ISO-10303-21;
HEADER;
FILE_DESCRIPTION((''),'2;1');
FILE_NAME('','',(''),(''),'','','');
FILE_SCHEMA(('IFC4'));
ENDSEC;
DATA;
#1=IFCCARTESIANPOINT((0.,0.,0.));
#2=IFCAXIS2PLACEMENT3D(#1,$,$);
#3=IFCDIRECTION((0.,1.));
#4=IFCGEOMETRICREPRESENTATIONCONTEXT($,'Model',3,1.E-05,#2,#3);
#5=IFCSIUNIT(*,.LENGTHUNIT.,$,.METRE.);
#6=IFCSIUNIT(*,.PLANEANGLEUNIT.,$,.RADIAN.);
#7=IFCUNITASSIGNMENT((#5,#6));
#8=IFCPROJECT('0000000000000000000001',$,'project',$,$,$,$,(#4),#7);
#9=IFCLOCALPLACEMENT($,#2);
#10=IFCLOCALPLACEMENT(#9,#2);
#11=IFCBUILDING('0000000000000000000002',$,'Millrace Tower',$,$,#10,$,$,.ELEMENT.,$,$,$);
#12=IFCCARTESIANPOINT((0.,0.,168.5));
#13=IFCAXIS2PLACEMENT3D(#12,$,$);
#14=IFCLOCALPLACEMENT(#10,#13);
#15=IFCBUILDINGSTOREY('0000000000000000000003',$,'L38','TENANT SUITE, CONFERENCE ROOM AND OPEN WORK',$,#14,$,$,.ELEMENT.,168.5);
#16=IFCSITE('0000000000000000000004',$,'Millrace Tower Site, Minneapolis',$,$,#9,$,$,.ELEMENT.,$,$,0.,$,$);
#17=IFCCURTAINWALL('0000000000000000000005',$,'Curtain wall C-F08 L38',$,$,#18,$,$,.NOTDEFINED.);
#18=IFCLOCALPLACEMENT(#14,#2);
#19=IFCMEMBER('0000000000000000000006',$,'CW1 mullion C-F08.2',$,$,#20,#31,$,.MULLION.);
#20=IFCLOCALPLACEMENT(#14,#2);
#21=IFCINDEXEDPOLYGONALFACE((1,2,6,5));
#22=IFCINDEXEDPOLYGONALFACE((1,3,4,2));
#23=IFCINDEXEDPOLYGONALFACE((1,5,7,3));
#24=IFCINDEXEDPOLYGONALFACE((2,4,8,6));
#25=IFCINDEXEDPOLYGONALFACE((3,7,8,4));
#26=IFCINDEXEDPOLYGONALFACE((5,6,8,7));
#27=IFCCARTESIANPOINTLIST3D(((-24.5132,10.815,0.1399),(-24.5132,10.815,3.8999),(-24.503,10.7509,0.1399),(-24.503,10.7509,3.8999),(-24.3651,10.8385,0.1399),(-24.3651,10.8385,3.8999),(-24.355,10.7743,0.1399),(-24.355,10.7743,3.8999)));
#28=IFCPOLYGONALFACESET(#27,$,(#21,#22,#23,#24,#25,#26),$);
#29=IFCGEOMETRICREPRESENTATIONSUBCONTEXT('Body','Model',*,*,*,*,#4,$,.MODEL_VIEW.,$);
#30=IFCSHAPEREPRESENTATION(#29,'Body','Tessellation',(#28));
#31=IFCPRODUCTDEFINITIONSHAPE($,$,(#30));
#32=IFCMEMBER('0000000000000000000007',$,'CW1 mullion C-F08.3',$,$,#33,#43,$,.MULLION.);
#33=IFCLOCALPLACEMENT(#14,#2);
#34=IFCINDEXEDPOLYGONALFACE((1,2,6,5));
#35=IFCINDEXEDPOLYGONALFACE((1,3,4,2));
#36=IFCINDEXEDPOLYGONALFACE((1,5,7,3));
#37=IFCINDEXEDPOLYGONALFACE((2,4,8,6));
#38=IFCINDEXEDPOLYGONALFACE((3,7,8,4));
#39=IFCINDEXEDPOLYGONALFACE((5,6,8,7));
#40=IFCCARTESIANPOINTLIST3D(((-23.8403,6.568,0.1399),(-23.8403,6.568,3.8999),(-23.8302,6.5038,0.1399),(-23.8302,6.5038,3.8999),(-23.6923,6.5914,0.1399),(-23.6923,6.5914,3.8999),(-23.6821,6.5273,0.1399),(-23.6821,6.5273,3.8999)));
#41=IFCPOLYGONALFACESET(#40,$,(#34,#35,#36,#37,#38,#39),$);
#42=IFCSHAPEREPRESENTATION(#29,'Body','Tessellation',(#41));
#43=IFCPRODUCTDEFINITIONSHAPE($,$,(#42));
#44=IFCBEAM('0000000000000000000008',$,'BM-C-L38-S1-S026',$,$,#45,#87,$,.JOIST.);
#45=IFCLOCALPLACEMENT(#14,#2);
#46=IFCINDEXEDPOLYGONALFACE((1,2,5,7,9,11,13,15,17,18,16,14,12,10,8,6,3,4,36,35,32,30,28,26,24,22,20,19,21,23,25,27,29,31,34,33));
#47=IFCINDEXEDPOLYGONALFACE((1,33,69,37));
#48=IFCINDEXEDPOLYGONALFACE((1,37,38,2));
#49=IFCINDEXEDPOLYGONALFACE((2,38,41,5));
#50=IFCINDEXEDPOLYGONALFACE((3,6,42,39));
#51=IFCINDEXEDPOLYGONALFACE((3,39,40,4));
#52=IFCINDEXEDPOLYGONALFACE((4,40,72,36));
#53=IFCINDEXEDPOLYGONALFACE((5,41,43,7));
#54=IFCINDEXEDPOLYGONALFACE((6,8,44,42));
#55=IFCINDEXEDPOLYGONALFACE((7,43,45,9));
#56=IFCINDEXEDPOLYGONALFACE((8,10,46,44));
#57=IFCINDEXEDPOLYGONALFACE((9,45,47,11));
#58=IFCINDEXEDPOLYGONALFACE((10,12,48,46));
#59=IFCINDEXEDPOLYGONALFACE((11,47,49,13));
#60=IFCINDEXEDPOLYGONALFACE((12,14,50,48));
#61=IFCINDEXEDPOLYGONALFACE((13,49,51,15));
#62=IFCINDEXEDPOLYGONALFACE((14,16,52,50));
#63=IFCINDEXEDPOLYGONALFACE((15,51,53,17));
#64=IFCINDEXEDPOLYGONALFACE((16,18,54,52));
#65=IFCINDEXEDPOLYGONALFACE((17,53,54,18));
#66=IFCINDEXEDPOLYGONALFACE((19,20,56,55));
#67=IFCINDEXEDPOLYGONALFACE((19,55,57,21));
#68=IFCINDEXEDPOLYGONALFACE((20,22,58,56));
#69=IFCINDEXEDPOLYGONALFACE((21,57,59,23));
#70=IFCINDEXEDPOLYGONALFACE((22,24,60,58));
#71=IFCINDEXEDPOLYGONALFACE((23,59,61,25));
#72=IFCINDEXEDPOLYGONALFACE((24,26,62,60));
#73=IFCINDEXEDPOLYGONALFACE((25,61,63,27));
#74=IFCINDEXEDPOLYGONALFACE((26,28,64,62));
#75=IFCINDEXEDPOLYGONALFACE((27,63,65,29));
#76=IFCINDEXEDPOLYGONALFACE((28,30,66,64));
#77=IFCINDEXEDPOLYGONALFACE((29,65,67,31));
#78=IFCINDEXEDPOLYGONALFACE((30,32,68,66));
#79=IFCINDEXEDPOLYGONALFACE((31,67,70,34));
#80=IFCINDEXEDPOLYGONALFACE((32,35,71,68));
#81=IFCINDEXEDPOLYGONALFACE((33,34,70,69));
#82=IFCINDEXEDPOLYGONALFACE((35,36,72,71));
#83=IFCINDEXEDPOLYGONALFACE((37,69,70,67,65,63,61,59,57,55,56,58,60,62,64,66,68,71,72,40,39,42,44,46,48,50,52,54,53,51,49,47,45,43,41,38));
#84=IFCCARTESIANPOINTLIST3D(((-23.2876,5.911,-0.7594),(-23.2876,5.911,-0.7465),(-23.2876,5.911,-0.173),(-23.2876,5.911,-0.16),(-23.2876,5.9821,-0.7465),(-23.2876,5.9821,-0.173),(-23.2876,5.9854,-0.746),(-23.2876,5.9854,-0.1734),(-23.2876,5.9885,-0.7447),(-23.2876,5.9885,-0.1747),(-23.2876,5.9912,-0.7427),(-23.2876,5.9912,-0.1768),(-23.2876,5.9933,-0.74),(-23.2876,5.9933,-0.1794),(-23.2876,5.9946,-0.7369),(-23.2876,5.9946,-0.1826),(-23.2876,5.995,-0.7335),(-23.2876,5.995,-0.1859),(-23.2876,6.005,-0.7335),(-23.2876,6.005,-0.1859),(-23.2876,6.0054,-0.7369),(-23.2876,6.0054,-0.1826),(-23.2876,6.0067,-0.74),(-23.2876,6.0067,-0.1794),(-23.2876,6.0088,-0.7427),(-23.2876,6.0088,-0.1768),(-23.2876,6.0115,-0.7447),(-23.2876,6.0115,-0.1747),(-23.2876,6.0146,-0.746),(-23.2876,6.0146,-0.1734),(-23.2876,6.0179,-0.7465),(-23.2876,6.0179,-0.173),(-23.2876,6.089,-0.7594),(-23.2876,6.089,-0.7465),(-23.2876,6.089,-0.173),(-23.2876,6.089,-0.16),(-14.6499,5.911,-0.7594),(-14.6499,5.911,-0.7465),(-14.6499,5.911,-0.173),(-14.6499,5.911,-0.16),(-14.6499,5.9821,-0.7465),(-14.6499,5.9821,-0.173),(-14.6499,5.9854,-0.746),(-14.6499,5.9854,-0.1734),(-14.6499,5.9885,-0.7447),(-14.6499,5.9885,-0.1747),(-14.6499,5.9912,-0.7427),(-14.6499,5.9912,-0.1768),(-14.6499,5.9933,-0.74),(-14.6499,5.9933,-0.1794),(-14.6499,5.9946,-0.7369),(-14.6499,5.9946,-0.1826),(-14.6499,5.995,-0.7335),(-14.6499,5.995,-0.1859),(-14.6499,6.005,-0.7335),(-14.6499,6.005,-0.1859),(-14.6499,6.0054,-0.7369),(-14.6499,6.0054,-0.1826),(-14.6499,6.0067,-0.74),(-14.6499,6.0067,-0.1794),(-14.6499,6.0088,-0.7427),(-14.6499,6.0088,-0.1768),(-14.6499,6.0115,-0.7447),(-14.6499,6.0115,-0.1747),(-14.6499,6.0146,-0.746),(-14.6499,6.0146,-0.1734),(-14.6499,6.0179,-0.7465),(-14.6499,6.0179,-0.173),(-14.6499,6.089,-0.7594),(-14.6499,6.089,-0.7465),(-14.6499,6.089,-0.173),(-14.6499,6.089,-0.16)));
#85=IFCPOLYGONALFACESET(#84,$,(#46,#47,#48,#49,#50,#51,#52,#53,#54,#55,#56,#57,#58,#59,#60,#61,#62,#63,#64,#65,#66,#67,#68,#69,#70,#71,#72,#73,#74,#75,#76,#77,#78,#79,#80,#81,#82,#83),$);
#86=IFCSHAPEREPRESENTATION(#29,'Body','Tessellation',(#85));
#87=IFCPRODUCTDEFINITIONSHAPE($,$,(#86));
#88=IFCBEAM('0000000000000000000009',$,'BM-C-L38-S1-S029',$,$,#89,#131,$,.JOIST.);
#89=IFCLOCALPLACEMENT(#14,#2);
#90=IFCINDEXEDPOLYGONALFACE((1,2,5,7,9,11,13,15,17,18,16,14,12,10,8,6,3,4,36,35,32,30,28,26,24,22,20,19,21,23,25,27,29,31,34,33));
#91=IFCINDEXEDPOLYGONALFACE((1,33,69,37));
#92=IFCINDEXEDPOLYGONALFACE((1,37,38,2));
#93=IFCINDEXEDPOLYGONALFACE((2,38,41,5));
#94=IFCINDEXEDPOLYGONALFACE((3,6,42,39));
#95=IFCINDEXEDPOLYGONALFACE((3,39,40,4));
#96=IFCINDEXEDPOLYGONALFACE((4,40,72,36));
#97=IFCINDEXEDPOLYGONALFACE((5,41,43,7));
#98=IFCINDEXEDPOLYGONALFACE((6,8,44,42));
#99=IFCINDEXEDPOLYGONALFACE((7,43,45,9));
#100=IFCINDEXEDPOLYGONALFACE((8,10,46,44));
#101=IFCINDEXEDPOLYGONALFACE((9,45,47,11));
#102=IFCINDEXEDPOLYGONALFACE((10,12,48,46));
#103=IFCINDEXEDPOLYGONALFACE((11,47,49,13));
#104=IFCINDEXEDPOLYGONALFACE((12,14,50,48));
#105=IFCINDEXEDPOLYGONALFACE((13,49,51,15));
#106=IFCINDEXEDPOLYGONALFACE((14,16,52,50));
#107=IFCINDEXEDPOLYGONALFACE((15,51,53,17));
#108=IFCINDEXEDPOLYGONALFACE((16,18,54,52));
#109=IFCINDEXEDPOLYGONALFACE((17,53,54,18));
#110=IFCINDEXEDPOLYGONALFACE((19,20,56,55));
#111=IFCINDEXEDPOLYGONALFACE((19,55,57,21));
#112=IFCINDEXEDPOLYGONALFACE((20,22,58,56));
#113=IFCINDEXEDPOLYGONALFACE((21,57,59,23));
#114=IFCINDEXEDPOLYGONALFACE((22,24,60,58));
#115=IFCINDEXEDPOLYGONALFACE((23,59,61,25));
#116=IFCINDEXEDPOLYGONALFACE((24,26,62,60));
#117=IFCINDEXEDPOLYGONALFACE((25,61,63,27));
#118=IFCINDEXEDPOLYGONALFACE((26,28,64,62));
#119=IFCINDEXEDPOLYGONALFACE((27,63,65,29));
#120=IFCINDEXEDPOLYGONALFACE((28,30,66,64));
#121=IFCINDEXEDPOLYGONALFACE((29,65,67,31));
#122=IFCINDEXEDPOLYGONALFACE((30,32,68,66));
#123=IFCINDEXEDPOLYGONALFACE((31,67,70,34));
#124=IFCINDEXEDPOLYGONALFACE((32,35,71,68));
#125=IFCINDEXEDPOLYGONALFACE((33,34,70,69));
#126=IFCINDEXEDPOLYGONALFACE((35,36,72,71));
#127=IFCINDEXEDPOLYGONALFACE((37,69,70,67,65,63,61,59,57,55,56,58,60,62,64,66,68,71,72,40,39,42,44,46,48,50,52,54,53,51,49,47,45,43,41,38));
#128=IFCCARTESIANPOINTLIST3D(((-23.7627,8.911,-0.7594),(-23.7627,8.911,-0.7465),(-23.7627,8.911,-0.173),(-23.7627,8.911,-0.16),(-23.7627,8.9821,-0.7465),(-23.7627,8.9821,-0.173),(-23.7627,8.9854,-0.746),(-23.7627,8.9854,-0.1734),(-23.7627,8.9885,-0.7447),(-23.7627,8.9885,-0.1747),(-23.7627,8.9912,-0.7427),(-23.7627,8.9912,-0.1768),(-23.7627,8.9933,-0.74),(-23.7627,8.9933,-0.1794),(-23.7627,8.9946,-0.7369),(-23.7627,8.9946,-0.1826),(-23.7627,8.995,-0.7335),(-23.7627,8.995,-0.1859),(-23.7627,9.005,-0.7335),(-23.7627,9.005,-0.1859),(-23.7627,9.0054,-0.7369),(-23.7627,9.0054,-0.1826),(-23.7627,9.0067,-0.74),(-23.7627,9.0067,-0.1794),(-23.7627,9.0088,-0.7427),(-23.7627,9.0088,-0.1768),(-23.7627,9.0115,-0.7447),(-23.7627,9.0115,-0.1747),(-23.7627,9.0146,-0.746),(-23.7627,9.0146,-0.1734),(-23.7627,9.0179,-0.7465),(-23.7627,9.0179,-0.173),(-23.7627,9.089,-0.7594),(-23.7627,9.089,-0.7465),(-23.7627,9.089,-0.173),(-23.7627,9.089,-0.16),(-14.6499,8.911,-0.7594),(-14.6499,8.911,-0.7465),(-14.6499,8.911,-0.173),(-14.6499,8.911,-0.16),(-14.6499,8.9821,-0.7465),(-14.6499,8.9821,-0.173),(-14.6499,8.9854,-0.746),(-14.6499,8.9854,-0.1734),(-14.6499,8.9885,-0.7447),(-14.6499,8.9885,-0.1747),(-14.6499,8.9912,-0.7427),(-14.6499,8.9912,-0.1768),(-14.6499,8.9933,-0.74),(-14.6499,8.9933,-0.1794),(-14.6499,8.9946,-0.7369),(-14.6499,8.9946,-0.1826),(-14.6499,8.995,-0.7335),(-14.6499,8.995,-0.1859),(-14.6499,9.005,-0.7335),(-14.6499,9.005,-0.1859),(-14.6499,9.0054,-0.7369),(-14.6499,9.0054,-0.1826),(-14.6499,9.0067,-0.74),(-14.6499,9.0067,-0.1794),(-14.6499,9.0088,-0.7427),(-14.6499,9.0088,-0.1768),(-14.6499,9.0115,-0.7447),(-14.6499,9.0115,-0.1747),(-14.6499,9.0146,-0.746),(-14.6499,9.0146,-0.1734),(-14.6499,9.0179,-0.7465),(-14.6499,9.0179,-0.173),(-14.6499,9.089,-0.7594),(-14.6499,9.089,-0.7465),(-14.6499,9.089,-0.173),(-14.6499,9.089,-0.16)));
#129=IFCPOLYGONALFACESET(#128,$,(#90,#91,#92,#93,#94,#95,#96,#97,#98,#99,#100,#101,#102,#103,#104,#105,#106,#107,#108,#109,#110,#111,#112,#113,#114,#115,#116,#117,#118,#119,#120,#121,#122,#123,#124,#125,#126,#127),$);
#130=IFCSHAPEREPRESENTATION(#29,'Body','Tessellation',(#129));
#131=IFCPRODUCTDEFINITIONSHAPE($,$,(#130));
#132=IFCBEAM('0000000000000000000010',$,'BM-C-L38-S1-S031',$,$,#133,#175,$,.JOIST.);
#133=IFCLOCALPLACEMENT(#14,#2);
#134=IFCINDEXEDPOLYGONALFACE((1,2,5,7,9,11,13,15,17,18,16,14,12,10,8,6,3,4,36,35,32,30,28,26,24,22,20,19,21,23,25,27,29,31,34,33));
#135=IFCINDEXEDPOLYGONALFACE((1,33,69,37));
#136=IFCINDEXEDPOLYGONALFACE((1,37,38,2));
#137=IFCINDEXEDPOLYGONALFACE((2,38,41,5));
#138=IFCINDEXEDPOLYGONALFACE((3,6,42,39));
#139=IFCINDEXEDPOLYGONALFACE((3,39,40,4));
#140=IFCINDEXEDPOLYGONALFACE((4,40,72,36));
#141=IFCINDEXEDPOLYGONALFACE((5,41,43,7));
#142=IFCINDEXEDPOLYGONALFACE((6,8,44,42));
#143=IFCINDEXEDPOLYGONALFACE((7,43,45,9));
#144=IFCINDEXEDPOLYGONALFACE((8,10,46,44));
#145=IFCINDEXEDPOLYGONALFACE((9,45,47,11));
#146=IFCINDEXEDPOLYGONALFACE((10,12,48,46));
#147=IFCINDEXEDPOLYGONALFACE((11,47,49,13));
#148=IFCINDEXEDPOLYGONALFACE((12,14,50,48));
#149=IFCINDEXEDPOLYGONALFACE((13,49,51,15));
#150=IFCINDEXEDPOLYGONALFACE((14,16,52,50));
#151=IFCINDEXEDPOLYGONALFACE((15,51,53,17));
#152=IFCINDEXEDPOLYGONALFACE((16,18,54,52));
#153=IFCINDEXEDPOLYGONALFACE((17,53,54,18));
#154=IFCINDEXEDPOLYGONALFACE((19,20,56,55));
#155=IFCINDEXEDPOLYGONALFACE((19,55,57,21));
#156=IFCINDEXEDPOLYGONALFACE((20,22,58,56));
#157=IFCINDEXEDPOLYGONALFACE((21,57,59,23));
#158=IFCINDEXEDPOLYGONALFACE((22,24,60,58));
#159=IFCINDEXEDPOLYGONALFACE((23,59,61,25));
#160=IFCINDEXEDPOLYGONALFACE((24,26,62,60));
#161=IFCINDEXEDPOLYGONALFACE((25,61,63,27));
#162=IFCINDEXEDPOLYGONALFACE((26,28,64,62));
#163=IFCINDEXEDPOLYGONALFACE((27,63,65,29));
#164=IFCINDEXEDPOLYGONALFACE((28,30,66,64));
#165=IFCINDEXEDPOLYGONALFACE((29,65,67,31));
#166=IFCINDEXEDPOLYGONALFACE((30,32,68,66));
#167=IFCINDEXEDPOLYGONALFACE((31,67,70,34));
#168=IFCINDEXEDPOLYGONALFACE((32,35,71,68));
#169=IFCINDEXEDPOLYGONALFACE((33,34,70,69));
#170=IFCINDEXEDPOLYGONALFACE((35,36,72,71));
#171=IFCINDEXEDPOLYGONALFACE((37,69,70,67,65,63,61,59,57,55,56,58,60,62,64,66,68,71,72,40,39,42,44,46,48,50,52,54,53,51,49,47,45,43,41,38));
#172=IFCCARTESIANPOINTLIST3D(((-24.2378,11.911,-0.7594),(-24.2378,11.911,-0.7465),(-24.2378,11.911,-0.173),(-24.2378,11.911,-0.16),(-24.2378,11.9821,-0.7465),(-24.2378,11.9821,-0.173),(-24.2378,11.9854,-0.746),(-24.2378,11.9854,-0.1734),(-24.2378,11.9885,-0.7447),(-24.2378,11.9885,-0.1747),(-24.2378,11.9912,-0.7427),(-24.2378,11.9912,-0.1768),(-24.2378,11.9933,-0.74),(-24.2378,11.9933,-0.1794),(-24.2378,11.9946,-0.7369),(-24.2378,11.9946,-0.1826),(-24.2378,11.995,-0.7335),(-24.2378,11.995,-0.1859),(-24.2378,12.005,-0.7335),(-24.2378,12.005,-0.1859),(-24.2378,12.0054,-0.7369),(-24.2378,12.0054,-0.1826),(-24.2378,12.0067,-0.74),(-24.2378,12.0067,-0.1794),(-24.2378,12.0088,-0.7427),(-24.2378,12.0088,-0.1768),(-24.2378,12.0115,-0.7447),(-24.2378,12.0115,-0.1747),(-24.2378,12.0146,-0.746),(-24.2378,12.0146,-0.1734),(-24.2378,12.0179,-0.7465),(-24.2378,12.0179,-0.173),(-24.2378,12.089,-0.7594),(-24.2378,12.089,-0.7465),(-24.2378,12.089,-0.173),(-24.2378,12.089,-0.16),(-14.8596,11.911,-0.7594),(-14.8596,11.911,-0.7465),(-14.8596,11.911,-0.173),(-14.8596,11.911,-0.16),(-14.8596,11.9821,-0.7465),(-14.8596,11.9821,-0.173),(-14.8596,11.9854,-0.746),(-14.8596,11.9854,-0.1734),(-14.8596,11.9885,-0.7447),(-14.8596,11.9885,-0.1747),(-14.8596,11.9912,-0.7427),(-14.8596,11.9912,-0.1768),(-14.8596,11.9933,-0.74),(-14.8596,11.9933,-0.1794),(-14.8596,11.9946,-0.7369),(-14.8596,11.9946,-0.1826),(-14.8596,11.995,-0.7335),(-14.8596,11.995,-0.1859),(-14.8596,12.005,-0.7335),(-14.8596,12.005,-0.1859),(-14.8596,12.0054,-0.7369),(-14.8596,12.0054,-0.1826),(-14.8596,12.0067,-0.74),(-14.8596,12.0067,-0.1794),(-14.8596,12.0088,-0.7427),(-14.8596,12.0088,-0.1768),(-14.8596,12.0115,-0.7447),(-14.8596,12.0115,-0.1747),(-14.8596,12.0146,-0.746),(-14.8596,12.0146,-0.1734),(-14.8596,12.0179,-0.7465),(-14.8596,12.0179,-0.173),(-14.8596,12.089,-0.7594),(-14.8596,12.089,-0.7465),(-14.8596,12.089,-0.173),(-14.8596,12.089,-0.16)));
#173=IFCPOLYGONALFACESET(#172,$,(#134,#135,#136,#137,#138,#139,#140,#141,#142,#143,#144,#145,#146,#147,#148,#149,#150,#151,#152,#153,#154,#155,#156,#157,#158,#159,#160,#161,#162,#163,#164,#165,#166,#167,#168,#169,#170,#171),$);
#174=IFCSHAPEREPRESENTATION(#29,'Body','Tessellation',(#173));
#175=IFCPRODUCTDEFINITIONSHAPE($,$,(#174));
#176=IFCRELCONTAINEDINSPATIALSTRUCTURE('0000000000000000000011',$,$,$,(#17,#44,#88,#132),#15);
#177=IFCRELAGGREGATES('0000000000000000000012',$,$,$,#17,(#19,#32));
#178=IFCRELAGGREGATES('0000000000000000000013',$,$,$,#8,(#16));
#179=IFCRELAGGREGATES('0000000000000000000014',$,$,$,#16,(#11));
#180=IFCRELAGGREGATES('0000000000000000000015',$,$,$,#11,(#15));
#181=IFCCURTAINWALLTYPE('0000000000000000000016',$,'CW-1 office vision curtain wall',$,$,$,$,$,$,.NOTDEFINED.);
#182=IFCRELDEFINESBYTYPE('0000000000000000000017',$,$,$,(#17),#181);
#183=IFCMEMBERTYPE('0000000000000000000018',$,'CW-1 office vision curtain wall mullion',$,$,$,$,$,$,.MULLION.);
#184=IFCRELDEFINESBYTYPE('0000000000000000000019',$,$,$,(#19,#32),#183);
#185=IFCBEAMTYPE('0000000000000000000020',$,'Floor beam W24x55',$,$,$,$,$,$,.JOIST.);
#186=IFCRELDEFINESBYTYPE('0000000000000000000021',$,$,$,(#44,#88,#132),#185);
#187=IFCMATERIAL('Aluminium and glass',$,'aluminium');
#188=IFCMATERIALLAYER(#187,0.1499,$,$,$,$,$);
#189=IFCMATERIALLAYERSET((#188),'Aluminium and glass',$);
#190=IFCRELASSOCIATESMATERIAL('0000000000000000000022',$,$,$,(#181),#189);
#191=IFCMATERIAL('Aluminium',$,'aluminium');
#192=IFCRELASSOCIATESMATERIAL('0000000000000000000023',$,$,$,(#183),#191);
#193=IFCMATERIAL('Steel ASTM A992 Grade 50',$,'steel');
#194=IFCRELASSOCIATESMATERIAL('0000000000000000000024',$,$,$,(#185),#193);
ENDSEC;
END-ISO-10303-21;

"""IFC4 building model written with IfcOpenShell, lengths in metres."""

from ifc_helpers import new_model, si_unit, direction, frame, origin, origin_2d, place, context, subcontext, project, spatial, rectangle, i_section, extrude, material, layer, layer_set, material_profile, profile_set, type_object, element, aggregate, save


model = new_model("IFC4")

# Units and contexts
model_context = context("Model", 3, precision=1e-05, world=origin(), true_north=direction((0.0, 1.0)))
body_context = subcontext(model_context, "Body", "Model", "MODEL_VIEW")
ifc_project = project(units=[si_unit("LENGTHUNIT", "METRE"), si_unit("PLANEANGLEUNIT", "RADIAN")], contexts=[model_context])

# Site, building, storey
site_placement = place(None, origin())
site = spatial("IfcSite", under=ifc_project, at=site_placement, Name="Millrace Tower Site, Minneapolis", CompositionType="ELEMENT", RefElevation=0.0)
building_placement = place(site_placement, origin())
building = spatial("IfcBuilding", under=site, at=building_placement, Name="Millrace Tower", CompositionType="ELEMENT")
storey_placement = place(building_placement, frame((0.0, 0.0, 168.5)))
storey = spatial("IfcBuildingStorey", under=building, at=storey_placement, Name="L38", Description="TENANT SUITE, CONFERENCE ROOM AND OPEN WORK", CompositionType="ELEMENT", Elevation=168.5)

# Curtain wall, members
ifc_material_1 = material(Name="Aluminium and glass", Category="aluminium")
ifc_layer_1 = layer(ifc_material_1, 0.1499)
ifc_layer_set_1 = layer_set([ifc_layer_1], Name="Aluminium and glass")
curtain_wall_type = type_object("IfcCurtainWallType", Name="CW-1 office vision curtain wall", PredefinedType="NOTDEFINED", material=ifc_layer_set_1)
curtain_wall_placement = place(storey_placement, origin())
curtain_wall = element("IfcCurtainWall", 1, at=curtain_wall_placement, inside=storey, type_object=curtain_wall_type, Name="Curtain wall C-F08 L38", PredefinedType="NOTDEFINED")
ifc_material_2 = material(Name="Aluminium", Category="aluminium")
ifc_material_profile_1 = material_profile(ifc_material_2, rectangle(XDim=0.0649, YDim=0.1499, at=origin_2d()))
ifc_profile_set_1 = profile_set([ifc_material_profile_1], Name="Aluminium")
member_type = type_object("IfcMemberType", Name="CW-1 office vision curtain wall mullion", PredefinedType="MULLION", material=ifc_profile_set_1)
member_1_placement = place(storey_placement, frame((-24.4341, 10.7947, 0.1399), z_axis=(0.0, 0.0, 1.0), x_axis=(0.156434, -0.987688, 0.0)))
member_1 = element("IfcMember", 2, at=member_1_placement, type_object=member_type, Name="CW1 mullion C-F08.2", PredefinedType="MULLION", context=body_context, shape_type="SweptSolid", body=[
    extrude(rectangle(XDim=0.0649, YDim=0.1499, at=origin_2d()), origin(), (0.0, 0.0, 1.0), 3.76),
])
member_2_placement = place(storey_placement, frame((-23.7612, 6.5476, 0.1399), z_axis=(0.0, 0.0, 1.0), x_axis=(0.156434, -0.987688, 0.0)))
member_2 = element("IfcMember", 3, at=member_2_placement, type_object=member_type, Name="CW1 mullion C-F08.3", PredefinedType="MULLION", context=body_context, shape_type="SweptSolid", body=[
    extrude(rectangle(XDim=0.0649, YDim=0.1499, at=origin_2d()), origin(), (0.0, 0.0, 1.0), 3.76),
])
aggregate(curtain_wall, [member_1, member_2])

# Beams
ifc_material_3 = material(Name="Steel ASTM A992 Grade 50", Category="steel")
ifc_material_profile_2 = material_profile(ifc_material_3, i_section(OverallWidth=0.178, OverallDepth=0.5994, WebThickness=0.01, FlangeThickness=0.0129, FilletRadius=0.0129, at=origin_2d()))
ifc_profile_set_2 = profile_set([ifc_material_profile_2], Name="Steel ASTM A992 Grade 50")
beam_type_1 = type_object("IfcBeamType", Name="Floor beam W24x55", PredefinedType="JOIST", material=ifc_profile_set_2)
beam_1_placement = place(storey_placement, frame((-23.2876, 6.0, -0.4597), z_axis=(1.0, 0.0, 0.0), x_axis=(0.0, 1.0, 0.0)))
element("IfcBeam", 4, at=beam_1_placement, inside=storey, type_object=beam_type_1, Name="BM-C-L38-S1-S026", PredefinedType="JOIST", context=body_context, shape_type="SweptSolid", body=[
    extrude(i_section(OverallWidth=0.178, OverallDepth=0.5994, WebThickness=0.01, FlangeThickness=0.0129, FilletRadius=0.0129, at=origin_2d()), origin(), (0.0, 0.0, 1.0), 8.6377),
])
beam_2_placement = place(storey_placement, frame((-23.7627, 9.0, -0.4597), z_axis=(1.0, 0.0, 0.0), x_axis=(0.0, 1.0, 0.0)))
element("IfcBeam", 5, at=beam_2_placement, inside=storey, type_object=beam_type_1, Name="BM-C-L38-S1-S029", PredefinedType="JOIST", context=body_context, shape_type="SweptSolid", body=[
    extrude(i_section(OverallWidth=0.178, OverallDepth=0.5994, WebThickness=0.01, FlangeThickness=0.0129, FilletRadius=0.0129, at=origin_2d()), origin(), (0.0, 0.0, 1.0), 9.1128),
])
beam_3_placement = place(storey_placement, frame((-24.2378, 12.0, -0.4597), z_axis=(1.0, 0.0, 0.0), x_axis=(0.0, 1.0, 0.0)))
element("IfcBeam", 6, at=beam_3_placement, inside=storey, type_object=beam_type_1, Name="BM-C-L38-S1-S031", PredefinedType="JOIST", context=body_context, shape_type="SweptSolid", body=[
    extrude(i_section(OverallWidth=0.178, OverallDepth=0.5994, WebThickness=0.01, FlangeThickness=0.0129, FilletRadius=0.0129, at=origin_2d()), origin(), (0.0, 0.0, 1.0), 9.3782),
])

save(model, "model.ifc")
